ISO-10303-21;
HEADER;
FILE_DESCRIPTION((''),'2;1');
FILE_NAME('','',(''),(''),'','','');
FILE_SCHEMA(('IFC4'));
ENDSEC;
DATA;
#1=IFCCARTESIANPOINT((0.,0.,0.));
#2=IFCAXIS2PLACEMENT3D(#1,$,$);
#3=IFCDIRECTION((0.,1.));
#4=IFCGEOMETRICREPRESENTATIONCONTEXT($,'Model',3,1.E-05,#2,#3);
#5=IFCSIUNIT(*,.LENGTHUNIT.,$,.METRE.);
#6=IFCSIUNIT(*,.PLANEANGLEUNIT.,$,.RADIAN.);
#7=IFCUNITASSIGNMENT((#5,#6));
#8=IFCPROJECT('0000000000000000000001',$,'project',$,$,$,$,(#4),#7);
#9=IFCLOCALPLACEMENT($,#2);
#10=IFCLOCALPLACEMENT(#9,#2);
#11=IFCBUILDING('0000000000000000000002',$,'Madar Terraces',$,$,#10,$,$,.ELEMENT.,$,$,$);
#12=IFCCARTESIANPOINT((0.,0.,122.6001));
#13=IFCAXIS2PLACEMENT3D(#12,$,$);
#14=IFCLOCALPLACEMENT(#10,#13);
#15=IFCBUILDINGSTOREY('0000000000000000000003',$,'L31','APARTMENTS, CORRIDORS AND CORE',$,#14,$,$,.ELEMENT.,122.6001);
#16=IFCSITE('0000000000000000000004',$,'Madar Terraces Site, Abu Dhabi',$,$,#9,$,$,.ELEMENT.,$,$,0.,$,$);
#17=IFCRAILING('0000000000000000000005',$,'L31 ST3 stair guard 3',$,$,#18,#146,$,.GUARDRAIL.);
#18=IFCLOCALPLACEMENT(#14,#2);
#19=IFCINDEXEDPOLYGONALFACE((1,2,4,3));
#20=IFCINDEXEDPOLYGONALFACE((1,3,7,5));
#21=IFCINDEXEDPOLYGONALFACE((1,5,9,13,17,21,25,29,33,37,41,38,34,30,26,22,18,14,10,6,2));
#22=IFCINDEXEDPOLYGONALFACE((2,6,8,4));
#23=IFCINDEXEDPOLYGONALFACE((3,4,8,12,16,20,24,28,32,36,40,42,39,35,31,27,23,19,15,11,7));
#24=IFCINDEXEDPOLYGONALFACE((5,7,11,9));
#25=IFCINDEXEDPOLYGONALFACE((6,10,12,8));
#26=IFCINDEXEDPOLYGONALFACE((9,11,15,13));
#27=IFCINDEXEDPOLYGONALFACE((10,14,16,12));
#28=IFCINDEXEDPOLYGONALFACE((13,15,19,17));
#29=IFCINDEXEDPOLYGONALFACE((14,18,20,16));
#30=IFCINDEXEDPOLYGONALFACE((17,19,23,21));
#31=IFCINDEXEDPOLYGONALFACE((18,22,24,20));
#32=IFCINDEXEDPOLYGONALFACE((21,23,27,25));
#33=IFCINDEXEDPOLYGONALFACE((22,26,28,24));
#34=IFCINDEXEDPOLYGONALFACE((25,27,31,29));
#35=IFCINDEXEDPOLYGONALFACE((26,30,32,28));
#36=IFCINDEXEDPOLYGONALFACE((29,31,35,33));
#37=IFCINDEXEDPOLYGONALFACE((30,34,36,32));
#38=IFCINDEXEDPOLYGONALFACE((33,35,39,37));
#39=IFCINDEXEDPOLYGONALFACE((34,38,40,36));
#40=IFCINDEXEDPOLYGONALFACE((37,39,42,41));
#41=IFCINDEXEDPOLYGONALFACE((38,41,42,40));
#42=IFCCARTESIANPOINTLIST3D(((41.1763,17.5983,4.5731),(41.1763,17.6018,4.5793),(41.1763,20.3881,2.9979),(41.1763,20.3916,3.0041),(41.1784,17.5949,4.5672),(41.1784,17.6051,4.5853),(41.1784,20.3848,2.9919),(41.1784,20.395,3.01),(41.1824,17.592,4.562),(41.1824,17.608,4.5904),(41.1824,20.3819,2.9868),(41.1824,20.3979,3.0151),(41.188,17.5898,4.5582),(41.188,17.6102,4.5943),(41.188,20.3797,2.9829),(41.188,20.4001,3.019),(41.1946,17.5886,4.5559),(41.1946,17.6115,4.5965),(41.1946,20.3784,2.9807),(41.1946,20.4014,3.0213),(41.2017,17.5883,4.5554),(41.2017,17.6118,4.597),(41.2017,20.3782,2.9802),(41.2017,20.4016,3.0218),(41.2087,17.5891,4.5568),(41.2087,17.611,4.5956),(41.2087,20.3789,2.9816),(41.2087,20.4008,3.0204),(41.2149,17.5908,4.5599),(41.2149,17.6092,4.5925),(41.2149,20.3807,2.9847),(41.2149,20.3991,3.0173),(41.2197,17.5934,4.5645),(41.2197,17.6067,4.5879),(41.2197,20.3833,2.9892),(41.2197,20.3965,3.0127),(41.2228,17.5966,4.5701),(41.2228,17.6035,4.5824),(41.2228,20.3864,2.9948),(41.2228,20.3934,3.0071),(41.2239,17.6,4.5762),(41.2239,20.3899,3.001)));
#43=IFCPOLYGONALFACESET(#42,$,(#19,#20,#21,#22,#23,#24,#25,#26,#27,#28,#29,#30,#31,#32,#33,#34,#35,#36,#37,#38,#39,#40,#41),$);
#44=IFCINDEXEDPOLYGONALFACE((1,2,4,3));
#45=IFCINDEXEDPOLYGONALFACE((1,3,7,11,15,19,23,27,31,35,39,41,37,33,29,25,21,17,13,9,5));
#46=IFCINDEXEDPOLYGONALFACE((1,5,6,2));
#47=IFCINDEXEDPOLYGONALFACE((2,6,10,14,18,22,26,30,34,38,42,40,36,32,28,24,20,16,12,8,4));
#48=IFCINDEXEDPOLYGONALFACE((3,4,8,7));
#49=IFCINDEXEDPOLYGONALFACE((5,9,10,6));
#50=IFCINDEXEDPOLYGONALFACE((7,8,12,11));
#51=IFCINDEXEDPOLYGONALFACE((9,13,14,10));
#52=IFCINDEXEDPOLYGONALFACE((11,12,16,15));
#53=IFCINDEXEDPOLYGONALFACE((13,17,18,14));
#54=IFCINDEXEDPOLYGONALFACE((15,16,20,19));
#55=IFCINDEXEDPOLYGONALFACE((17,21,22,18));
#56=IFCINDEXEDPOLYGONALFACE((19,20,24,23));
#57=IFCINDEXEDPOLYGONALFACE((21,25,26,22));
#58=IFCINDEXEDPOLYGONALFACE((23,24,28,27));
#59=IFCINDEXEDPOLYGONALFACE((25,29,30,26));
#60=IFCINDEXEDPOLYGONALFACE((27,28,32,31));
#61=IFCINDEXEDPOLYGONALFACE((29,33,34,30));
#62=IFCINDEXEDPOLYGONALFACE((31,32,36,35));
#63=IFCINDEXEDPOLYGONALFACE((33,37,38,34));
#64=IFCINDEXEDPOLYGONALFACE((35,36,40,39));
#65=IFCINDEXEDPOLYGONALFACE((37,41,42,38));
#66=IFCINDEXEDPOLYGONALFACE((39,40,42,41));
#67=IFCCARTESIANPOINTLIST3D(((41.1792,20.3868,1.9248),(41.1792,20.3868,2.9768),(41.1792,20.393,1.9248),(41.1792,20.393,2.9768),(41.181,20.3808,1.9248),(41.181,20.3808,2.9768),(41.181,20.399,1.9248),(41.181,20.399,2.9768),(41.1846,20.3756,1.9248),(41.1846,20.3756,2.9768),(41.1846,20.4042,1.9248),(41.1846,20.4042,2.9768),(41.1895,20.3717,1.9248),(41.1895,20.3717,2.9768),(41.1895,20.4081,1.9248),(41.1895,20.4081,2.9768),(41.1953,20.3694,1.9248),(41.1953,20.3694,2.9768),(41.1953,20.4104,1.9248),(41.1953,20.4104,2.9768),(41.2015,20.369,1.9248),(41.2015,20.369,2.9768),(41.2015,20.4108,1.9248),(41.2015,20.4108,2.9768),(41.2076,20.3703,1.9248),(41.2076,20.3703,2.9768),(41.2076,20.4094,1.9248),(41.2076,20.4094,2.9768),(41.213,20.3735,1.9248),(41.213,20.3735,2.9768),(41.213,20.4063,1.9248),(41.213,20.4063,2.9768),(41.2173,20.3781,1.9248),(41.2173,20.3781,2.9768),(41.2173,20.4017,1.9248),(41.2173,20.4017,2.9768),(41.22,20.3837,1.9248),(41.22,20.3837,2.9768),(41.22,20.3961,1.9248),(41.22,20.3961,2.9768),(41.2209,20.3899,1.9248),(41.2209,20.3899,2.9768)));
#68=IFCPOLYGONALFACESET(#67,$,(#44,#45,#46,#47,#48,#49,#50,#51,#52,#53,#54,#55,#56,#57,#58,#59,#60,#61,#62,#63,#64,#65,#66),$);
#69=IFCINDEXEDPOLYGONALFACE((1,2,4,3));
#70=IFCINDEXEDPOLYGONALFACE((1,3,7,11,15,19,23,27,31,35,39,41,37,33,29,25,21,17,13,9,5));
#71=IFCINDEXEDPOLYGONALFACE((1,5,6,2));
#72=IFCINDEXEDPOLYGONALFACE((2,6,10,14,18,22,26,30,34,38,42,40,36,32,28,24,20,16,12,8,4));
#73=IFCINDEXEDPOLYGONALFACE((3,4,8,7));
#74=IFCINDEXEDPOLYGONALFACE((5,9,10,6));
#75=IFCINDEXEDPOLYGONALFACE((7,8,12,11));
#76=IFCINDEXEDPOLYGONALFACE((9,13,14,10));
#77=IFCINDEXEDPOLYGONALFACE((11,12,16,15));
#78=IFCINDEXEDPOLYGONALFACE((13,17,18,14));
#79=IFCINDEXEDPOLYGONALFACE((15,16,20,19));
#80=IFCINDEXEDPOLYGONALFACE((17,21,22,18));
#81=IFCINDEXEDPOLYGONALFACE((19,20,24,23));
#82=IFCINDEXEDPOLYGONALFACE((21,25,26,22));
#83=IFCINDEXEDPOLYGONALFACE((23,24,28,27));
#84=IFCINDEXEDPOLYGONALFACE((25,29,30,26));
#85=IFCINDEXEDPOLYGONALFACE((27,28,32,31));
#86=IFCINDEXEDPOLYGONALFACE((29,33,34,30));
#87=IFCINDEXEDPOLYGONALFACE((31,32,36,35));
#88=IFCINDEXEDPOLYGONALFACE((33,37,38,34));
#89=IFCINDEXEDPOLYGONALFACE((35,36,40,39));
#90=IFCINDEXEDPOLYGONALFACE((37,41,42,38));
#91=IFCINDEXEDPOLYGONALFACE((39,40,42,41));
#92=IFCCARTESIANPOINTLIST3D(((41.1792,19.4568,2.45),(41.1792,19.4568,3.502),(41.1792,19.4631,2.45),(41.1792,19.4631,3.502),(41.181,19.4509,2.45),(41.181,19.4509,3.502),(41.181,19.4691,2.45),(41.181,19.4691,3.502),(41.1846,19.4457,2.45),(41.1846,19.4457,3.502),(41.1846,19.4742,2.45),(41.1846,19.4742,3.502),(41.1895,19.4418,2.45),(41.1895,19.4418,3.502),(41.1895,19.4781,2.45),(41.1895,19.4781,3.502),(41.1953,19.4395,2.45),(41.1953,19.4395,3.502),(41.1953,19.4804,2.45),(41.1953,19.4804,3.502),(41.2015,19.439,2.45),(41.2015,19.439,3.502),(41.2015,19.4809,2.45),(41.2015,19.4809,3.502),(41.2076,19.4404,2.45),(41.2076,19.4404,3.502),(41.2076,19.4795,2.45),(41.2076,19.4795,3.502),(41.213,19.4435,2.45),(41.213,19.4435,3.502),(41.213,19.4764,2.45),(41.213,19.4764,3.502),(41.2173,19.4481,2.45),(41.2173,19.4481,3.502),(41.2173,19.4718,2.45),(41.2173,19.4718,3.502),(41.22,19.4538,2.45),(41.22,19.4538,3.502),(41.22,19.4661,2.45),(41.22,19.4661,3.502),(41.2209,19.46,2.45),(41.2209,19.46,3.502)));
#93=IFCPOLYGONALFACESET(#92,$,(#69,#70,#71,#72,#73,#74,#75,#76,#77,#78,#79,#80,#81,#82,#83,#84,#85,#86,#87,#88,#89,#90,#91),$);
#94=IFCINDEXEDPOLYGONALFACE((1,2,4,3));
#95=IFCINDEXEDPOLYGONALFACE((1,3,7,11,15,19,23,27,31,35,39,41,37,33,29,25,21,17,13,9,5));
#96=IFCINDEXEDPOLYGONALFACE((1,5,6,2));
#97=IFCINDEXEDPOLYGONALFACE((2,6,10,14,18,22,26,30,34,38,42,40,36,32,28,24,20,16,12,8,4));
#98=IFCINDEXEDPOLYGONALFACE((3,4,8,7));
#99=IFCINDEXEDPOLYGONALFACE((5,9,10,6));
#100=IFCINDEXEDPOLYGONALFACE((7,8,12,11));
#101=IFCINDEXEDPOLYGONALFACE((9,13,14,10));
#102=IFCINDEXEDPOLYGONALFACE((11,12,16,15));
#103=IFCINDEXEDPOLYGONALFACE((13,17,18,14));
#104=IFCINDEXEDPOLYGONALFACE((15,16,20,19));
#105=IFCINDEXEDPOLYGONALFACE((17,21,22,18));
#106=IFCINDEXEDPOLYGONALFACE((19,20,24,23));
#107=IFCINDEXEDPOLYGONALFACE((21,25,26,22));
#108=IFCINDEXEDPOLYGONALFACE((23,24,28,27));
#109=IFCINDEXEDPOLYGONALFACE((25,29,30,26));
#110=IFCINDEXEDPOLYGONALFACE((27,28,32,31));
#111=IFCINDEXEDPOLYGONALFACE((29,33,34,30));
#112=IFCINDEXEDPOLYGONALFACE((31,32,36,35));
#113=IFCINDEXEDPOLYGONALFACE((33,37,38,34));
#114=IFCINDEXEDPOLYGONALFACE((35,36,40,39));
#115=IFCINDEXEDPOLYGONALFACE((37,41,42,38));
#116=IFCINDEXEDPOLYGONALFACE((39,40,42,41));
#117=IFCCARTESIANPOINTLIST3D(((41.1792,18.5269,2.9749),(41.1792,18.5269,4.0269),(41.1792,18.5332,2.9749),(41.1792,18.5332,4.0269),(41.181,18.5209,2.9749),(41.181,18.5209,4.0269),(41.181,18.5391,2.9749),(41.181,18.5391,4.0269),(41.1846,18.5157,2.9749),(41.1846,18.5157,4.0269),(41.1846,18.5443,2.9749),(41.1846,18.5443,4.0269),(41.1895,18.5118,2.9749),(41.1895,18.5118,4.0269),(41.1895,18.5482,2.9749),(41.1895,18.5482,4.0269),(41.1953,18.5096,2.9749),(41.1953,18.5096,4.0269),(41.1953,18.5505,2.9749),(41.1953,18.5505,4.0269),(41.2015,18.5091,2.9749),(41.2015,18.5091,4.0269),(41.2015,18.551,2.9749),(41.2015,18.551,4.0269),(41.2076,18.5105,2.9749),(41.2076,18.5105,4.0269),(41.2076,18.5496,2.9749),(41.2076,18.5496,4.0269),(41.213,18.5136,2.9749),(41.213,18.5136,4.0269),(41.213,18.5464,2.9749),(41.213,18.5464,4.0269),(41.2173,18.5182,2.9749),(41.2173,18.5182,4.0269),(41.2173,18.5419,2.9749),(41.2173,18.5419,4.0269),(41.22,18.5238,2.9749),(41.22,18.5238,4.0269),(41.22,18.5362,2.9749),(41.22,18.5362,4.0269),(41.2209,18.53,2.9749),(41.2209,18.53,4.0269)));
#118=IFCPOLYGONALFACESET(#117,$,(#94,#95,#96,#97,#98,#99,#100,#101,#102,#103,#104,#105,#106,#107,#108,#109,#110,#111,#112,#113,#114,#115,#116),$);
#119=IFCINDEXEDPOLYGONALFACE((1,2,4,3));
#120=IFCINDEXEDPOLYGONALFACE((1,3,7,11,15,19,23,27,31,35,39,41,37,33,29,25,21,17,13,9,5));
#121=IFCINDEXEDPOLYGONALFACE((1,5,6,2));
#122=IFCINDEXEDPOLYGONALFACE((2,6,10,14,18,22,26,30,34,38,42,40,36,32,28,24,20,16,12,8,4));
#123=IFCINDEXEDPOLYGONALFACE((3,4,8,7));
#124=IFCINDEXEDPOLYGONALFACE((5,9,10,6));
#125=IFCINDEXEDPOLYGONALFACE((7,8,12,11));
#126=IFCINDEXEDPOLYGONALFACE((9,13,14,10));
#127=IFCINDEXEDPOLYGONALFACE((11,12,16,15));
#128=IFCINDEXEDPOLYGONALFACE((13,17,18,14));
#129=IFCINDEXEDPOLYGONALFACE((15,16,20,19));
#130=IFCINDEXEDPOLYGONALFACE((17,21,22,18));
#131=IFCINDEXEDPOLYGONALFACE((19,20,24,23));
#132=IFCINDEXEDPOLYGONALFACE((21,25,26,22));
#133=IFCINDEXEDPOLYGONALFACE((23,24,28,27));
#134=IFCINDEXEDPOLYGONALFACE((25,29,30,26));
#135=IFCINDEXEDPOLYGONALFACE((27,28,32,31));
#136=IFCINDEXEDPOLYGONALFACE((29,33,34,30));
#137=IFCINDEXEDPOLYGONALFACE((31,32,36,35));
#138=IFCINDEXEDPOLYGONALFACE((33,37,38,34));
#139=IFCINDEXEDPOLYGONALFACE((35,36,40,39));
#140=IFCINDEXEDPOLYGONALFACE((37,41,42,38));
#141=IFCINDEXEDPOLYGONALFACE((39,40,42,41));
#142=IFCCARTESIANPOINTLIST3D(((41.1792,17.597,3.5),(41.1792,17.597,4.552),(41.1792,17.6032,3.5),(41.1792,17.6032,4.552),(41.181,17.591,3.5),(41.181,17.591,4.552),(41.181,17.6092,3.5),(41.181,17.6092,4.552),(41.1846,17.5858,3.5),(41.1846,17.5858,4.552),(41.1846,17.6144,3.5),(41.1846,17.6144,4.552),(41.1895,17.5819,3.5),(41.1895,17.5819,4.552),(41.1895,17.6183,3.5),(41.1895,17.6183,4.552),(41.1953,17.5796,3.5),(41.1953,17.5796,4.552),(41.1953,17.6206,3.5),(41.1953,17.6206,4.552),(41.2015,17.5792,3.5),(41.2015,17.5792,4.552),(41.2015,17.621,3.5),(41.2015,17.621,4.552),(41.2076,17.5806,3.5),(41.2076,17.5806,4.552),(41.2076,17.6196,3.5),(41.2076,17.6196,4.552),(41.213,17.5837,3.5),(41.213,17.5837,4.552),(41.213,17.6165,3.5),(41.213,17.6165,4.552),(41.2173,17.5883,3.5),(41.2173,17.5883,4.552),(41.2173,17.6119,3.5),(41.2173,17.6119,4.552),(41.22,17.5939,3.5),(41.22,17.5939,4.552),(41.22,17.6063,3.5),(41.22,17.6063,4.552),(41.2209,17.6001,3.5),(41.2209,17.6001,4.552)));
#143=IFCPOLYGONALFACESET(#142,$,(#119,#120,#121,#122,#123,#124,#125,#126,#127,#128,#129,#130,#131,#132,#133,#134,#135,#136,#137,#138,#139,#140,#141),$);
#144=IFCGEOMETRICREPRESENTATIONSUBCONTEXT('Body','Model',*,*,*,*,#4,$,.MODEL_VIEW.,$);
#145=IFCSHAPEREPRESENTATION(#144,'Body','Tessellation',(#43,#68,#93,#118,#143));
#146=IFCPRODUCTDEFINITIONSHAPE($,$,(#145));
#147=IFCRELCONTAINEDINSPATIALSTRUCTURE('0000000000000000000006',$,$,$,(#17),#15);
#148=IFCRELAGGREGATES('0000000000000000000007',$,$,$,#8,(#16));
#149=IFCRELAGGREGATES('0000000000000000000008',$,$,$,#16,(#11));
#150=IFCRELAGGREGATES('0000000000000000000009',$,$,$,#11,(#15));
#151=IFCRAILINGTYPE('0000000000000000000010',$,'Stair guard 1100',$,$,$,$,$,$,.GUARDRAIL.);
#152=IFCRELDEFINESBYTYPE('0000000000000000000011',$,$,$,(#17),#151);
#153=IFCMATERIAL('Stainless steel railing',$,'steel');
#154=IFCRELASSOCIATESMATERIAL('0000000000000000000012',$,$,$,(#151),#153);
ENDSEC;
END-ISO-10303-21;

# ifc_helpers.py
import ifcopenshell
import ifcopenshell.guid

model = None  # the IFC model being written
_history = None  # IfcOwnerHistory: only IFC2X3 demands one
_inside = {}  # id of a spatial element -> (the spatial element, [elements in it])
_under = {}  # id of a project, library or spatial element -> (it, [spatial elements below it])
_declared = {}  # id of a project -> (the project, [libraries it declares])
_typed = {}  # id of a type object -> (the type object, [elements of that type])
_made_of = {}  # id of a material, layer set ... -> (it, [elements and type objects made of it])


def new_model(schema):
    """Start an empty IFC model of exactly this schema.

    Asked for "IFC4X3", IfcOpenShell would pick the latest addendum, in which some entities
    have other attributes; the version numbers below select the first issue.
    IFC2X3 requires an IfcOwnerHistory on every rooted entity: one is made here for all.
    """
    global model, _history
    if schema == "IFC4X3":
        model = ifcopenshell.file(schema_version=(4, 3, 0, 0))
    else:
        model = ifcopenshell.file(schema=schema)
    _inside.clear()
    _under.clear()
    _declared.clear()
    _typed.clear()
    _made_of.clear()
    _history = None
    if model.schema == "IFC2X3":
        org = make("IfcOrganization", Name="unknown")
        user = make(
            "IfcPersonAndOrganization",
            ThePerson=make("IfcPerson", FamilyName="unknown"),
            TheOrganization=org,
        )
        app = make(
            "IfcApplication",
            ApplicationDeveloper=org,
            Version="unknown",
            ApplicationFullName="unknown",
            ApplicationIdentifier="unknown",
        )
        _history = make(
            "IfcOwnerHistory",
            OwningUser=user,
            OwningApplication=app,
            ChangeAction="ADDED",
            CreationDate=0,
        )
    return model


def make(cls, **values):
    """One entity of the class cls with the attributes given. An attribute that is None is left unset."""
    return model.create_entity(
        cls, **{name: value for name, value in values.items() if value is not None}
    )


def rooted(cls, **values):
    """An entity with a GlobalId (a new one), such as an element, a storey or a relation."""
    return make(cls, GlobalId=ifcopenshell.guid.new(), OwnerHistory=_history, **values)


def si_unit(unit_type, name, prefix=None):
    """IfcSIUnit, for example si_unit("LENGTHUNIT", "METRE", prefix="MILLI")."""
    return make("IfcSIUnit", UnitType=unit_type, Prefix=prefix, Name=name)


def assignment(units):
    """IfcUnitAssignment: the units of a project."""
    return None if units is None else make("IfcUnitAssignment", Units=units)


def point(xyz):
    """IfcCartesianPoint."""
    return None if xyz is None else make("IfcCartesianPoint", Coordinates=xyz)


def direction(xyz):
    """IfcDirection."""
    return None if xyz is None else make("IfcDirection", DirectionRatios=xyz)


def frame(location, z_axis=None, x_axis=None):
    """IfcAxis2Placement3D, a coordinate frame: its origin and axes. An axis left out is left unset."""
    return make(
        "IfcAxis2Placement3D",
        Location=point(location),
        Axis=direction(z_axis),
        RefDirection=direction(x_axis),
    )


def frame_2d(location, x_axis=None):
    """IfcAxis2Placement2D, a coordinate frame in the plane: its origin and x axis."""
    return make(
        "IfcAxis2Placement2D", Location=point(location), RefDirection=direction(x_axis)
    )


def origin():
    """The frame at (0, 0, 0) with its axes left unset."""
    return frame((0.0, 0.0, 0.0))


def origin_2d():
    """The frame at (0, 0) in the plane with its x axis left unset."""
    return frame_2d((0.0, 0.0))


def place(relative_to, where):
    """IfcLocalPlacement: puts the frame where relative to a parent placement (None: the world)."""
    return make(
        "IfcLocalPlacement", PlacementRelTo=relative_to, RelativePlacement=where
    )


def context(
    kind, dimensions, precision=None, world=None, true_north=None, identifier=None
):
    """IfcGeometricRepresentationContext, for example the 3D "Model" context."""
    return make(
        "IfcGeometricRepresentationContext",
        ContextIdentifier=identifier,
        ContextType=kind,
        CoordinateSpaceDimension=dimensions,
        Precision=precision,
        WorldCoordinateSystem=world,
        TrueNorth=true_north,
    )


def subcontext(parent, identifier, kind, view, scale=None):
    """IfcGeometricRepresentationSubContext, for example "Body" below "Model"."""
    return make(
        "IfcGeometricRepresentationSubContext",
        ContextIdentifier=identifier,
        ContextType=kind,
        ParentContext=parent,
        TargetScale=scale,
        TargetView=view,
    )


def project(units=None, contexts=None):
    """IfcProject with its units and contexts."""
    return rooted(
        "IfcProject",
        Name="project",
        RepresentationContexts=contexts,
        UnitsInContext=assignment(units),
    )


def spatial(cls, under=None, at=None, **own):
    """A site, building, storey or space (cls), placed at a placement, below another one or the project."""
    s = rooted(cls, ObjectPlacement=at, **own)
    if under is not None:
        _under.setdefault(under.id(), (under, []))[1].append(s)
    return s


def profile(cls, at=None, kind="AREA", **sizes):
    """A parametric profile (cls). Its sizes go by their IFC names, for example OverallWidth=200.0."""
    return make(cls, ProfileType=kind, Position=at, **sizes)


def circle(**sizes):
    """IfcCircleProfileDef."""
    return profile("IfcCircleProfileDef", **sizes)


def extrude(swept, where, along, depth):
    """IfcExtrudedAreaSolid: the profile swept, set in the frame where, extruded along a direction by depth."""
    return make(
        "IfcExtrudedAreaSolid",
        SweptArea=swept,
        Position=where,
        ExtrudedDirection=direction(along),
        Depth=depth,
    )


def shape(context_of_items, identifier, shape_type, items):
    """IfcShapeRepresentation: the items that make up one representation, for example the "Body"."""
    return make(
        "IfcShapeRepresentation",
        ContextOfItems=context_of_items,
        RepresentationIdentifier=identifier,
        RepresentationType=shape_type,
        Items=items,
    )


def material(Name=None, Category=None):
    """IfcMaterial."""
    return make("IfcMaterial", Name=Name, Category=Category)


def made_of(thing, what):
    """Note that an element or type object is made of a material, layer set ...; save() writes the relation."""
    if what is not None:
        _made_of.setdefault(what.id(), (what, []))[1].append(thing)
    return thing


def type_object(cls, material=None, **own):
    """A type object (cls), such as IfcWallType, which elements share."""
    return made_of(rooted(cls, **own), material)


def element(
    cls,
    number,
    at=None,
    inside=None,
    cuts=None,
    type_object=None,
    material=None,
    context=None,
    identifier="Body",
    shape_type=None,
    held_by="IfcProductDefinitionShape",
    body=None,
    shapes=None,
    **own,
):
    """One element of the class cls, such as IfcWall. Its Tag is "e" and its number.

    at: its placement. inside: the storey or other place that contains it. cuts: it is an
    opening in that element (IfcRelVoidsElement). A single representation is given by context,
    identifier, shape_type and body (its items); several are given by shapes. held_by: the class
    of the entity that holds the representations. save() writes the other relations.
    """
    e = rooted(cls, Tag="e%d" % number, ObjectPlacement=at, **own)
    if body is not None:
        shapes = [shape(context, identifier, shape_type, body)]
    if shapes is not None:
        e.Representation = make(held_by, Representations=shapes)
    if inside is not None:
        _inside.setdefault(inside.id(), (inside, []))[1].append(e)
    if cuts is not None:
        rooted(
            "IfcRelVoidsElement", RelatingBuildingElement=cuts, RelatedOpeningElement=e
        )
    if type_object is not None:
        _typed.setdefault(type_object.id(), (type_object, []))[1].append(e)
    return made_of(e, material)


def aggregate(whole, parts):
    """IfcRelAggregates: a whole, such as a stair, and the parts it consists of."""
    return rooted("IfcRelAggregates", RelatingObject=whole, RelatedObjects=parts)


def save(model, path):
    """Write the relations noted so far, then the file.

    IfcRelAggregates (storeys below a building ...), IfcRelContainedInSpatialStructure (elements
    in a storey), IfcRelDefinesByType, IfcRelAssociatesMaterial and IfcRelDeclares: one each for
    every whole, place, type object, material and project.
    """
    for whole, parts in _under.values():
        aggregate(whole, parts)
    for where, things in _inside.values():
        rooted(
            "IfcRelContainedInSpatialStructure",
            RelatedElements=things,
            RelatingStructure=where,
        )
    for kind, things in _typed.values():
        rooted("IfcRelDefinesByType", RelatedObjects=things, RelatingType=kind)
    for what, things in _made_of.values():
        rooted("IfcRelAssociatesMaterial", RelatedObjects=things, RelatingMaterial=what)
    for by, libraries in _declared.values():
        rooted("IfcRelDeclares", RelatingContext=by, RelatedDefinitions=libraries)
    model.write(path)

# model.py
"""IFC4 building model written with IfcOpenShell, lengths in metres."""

from ifc_helpers import new_model, si_unit, direction, frame, origin, origin_2d, place, context, subcontext, project, spatial, circle, extrude, material, type_object, element, save


model = new_model("IFC4")

# Units and contexts
model_context = context("Model", 3, precision=1e-05, world=origin(), true_north=direction((0.0, 1.0)))
body_context = subcontext(model_context, "Body", "Model", "MODEL_VIEW")
ifc_project = project(units=[si_unit("LENGTHUNIT", "METRE"), si_unit("PLANEANGLEUNIT", "RADIAN")], contexts=[model_context])

# Site, building, storey
site_placement = place(None, origin())
site = spatial("IfcSite", under=ifc_project, at=site_placement, Name="Madar Terraces Site, Abu Dhabi", CompositionType="ELEMENT", RefElevation=0.0)
building_placement = place(site_placement, origin())
building = spatial("IfcBuilding", under=site, at=building_placement, Name="Madar Terraces", CompositionType="ELEMENT")
storey_placement = place(building_placement, frame((0.0, 0.0, 122.6001)))
storey = spatial("IfcBuildingStorey", under=building, at=storey_placement, Name="L31", Description="APARTMENTS, CORRIDORS AND CORE", CompositionType="ELEMENT", Elevation=122.6001)

# Railing
ifc_material_1 = material(Name="Stainless steel railing", Category="steel")
railing_type_1 = type_object("IfcRailingType", Name="Stair guard 1100", PredefinedType="GUARDRAIL", material=ifc_material_1)
railing_1_placement = place(storey_placement, frame((41.2, 20.3899, 1.9248)))
element("IfcRailing", 1, at=railing_1_placement, inside=storey, type_object=railing_type_1, Name="L31 ST3 stair guard 3", PredefinedType="GUARDRAIL", context=body_context, shape_type="SweptSolid", body=[
    extrude(circle(Radius=0.0239, at=origin_2d()), frame((0.0, 0.0, 1.0762), z_axis=(0.0, -0.870783, 0.491668), x_axis=(1.0, 0.0, 0.0)), (0.0, 0.0, 1.0), 3.2039),
    extrude(circle(Radius=0.021, at=origin_2d()), origin(), (0.0, 0.0, 1.0), 1.052),
    extrude(circle(Radius=0.021, at=origin_2d()), frame((0.0, -0.9299, 0.5251)), (0.0, 0.0, 1.0), 1.052),
    extrude(circle(Radius=0.021, at=origin_2d()), frame((0.0, -1.8599, 1.05)), (0.0, 0.0, 1.0), 1.052),
    extrude(circle(Radius=0.021, at=origin_2d()), frame((0.0, -2.7898, 1.5752)), (0.0, 0.0, 1.0), 1.052),
])

save(model, "model.ifc")
